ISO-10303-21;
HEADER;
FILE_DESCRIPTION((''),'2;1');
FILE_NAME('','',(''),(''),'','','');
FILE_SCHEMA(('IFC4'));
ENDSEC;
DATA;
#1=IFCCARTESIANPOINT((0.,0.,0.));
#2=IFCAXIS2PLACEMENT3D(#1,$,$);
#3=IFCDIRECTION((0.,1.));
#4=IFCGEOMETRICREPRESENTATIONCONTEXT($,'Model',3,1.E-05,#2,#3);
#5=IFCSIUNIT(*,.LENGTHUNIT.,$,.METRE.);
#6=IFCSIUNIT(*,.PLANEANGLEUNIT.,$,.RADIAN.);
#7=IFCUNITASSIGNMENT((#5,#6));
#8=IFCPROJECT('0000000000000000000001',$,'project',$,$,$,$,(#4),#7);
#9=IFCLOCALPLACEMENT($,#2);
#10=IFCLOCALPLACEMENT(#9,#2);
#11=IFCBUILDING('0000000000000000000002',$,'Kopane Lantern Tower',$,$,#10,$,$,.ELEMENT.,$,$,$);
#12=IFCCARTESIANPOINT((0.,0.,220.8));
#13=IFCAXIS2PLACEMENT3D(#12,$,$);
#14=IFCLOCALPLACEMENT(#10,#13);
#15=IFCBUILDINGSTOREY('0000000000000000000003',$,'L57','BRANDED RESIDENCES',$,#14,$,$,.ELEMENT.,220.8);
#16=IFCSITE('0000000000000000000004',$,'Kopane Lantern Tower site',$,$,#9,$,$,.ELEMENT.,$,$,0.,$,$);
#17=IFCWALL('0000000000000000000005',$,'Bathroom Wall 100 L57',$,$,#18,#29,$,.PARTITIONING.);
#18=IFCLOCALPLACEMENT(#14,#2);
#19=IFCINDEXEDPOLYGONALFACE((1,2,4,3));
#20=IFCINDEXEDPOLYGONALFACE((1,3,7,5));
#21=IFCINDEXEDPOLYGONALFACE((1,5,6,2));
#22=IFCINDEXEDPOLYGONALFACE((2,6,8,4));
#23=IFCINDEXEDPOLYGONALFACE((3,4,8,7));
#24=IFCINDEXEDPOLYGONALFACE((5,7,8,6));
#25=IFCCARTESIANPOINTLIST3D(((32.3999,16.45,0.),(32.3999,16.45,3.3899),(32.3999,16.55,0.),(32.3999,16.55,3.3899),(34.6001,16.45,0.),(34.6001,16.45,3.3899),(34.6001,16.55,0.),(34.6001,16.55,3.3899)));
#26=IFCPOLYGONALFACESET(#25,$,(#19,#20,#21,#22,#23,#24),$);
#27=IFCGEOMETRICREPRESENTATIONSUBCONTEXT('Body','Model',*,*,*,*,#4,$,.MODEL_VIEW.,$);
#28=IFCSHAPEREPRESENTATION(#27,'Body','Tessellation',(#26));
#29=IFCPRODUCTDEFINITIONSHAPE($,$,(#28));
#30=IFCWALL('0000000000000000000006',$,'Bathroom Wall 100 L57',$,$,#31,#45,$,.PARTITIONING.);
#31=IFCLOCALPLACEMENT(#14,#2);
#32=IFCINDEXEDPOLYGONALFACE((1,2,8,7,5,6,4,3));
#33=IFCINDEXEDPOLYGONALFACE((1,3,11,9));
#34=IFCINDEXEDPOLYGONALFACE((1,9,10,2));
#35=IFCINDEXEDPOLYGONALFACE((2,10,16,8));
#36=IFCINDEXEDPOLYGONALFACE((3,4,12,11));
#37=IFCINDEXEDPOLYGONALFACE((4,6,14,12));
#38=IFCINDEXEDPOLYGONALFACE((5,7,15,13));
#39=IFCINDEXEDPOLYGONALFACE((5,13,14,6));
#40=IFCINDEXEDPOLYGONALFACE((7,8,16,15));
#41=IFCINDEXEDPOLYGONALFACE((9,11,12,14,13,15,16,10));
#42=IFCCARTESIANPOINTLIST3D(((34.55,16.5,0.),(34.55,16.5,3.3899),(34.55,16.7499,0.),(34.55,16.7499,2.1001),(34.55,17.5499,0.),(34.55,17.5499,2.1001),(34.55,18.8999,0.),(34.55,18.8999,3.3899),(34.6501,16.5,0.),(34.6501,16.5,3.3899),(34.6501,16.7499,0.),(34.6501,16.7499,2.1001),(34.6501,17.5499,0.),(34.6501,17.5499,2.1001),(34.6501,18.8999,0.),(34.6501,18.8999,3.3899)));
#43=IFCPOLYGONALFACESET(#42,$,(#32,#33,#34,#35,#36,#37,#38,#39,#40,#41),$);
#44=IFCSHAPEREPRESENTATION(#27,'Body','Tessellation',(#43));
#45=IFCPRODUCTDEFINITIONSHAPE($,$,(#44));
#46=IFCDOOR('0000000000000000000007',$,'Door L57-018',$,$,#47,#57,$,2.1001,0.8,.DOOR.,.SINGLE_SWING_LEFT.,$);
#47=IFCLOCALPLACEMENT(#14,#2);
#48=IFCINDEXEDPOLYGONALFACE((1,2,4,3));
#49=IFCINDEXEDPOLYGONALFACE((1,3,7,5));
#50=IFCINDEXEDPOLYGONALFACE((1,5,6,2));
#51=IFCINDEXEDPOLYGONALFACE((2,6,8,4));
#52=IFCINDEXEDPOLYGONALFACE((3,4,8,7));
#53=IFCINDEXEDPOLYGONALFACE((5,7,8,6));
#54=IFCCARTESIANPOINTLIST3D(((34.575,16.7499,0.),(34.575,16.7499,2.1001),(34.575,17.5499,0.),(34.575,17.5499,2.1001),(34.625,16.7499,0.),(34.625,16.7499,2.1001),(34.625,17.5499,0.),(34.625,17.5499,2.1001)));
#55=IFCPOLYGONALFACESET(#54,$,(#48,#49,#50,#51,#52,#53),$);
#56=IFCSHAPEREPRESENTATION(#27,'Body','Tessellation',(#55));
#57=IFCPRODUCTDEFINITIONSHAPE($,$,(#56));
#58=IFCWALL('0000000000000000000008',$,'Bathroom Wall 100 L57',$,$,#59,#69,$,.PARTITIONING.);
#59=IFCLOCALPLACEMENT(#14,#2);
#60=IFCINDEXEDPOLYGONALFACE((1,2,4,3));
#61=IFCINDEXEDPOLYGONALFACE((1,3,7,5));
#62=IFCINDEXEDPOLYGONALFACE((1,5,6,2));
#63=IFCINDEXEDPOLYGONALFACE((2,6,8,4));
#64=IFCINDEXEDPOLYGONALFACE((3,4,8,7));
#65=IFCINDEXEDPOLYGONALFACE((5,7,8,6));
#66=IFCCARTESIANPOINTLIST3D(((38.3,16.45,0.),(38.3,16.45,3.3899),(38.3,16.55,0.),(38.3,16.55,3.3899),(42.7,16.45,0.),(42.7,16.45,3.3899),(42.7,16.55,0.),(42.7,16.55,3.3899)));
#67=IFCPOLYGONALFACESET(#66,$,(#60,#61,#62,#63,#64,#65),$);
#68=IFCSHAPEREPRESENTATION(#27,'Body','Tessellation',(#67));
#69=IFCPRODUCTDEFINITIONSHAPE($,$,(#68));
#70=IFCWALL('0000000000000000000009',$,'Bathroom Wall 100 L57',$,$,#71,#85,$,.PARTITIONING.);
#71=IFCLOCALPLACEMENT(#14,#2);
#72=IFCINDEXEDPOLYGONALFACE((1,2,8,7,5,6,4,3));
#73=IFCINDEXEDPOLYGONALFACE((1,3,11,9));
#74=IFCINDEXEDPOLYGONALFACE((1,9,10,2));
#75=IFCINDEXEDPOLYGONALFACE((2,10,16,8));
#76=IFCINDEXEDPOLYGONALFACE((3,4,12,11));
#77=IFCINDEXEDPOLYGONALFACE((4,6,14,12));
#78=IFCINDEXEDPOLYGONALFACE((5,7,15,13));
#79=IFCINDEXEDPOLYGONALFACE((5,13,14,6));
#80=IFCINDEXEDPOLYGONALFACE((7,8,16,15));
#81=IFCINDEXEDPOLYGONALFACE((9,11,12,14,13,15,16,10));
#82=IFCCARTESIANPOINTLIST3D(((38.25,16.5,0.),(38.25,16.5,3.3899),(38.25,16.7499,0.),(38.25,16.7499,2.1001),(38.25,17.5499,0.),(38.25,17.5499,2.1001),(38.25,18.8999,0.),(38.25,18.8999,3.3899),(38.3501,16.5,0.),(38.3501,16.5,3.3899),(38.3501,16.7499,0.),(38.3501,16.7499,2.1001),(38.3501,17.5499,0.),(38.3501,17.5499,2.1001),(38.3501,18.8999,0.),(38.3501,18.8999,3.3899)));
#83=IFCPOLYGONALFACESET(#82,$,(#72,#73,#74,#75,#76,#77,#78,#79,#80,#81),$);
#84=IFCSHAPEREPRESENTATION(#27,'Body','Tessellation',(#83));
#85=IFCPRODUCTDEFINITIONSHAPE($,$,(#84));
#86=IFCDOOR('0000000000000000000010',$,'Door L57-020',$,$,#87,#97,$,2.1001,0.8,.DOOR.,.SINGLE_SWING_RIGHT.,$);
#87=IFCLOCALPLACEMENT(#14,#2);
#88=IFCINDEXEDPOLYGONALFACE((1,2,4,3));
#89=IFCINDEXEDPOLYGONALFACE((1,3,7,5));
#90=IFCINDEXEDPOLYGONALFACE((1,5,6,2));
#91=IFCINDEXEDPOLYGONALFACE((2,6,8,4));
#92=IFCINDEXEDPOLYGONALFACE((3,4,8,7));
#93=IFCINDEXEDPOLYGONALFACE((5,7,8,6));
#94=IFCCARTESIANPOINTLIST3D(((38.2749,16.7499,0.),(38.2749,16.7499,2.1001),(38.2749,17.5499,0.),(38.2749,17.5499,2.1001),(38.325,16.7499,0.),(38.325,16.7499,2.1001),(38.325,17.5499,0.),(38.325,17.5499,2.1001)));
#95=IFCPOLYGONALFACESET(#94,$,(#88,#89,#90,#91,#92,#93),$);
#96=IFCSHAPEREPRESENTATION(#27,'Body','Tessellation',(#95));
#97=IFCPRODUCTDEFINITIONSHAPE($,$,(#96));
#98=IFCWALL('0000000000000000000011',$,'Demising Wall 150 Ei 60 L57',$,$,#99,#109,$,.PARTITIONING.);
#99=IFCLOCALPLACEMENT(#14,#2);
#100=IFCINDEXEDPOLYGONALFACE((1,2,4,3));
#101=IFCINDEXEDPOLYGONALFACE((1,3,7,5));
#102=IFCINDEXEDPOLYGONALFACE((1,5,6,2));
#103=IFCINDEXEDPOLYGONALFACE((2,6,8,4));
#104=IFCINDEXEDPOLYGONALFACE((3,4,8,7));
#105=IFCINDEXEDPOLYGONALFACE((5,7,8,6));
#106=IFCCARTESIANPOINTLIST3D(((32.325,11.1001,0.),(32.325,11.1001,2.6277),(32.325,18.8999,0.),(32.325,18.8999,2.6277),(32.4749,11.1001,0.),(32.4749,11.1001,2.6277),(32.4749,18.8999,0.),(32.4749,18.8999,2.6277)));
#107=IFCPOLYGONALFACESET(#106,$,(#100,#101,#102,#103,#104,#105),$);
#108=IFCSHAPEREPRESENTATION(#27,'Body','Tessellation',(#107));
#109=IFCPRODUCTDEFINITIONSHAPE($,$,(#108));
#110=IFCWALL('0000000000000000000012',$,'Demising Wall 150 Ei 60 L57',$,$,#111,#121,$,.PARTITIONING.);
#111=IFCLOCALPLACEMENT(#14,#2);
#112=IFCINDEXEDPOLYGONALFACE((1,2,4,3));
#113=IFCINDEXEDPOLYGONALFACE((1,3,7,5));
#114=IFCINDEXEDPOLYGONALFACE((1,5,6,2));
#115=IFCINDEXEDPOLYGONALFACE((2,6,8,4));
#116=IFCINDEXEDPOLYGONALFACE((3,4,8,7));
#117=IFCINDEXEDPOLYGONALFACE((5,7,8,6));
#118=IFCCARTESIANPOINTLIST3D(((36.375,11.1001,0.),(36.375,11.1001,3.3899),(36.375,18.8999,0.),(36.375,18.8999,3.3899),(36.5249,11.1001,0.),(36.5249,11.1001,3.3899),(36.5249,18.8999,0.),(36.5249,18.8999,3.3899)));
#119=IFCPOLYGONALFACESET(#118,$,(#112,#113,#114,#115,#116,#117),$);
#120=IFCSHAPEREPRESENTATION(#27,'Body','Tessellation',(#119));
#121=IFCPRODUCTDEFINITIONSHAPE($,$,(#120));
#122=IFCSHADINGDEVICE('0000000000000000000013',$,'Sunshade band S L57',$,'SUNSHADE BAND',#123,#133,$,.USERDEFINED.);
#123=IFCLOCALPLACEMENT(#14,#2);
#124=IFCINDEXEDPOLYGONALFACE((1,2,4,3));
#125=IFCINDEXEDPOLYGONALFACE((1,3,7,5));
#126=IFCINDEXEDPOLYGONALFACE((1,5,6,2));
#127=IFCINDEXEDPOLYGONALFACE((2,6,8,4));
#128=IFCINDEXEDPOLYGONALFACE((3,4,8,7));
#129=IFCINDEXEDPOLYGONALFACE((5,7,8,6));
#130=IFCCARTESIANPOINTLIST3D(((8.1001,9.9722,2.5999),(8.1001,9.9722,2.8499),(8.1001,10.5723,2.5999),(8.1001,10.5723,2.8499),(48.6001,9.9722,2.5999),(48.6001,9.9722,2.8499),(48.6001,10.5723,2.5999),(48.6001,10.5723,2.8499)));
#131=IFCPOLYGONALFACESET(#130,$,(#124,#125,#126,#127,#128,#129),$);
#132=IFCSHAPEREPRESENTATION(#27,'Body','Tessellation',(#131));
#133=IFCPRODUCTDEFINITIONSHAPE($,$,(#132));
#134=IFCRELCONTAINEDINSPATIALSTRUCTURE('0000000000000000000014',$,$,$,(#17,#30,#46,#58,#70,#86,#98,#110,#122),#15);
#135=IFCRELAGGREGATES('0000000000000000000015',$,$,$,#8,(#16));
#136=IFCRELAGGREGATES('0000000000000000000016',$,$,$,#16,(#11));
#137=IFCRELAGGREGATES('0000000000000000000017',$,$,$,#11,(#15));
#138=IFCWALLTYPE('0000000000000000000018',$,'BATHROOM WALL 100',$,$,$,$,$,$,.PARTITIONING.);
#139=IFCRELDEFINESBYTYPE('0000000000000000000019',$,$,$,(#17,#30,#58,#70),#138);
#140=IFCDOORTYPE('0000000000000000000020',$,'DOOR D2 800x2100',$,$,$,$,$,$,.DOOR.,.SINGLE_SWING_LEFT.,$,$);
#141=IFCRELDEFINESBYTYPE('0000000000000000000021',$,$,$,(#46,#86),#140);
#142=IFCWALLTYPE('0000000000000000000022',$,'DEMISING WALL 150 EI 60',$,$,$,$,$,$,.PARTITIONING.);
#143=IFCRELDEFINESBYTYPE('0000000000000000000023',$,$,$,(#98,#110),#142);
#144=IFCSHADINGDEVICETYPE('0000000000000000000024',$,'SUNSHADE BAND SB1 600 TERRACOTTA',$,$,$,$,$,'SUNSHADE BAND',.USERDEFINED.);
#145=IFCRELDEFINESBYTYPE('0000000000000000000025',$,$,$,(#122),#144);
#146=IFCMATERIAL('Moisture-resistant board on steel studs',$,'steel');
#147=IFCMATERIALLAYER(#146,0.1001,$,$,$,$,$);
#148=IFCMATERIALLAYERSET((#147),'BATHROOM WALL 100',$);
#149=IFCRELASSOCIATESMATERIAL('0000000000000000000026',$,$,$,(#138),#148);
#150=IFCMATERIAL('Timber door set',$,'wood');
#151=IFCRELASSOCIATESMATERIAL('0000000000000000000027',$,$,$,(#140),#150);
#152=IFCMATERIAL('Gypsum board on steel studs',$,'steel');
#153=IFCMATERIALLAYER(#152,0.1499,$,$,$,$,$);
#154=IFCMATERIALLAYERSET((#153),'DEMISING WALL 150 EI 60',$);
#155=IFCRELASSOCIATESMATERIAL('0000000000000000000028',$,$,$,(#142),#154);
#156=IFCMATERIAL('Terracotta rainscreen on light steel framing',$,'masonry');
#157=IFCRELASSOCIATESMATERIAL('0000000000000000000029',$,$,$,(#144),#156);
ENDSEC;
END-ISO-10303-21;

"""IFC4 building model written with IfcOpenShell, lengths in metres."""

from ifc_helpers import new_model, si_unit, direction, frame, frame_2d, origin, origin_2d, place, context, subcontext, project, spatial, rectangle, extrude, material, layer, layer_set, type_object, element, fill, save


model = new_model("IFC4")

# Units and contexts
model_context = context("Model", 3, precision=1e-05, world=origin(), true_north=direction((0.0, 1.0)))
body_context = subcontext(model_context, "Body", "Model", "MODEL_VIEW")
ifc_project = project(units=[si_unit("LENGTHUNIT", "METRE"), si_unit("PLANEANGLEUNIT", "RADIAN")], contexts=[model_context])

# Site, building, storey
site_placement = place(None, origin())
site = spatial("IfcSite", under=ifc_project, at=site_placement, Name="Kopane Lantern Tower site", CompositionType="ELEMENT", RefElevation=0.0)
building_placement = place(site_placement, origin())
building = spatial("IfcBuilding", under=site, at=building_placement, Name="Kopane Lantern Tower", CompositionType="ELEMENT")
storey_placement = place(building_placement, frame((0.0, 0.0, 220.8)))
storey = spatial("IfcBuildingStorey", under=building, at=storey_placement, Name="L57", Description="BRANDED RESIDENCES", CompositionType="ELEMENT", Elevation=220.8)

# Shared definitions
ifc_material_1 = material(Name="Moisture-resistant board on steel studs", Category="steel")
ifc_layer_1 = layer(ifc_material_1, 0.1001)
ifc_layer_set_1 = layer_set([ifc_layer_1], Name="BATHROOM WALL 100")
wall_type_1 = type_object("IfcWallType", Name="BATHROOM WALL 100", PredefinedType="PARTITIONING", material=ifc_layer_set_1)
ifc_material_2 = material(Name="Timber door set", Category="wood")
door_type_1 = type_object("IfcDoorType", Name="DOOR D2 800x2100", OperationType="SINGLE_SWING_LEFT", PredefinedType="DOOR", material=ifc_material_2)

# Wall
wall_1_placement = place(storey_placement, frame((32.3999, 16.5, 0.0), z_axis=(0.0, 0.0, 1.0), x_axis=(1.0, 0.0, 0.0)))
element("IfcWall", 1, at=wall_1_placement, inside=storey, type_object=wall_type_1, Name="Bathroom Wall 100 L57", PredefinedType="PARTITIONING", context=body_context, shape_type="SweptSolid", body=[
    extrude(rectangle(XDim=2.2002, YDim=0.1001, at=frame_2d((1.1001, 0.0))), origin(), (0.0, 0.0, 1.0), 3.3899),
])

# Wall, opening, door
wall_2_placement = place(storey_placement, frame((34.6001, 18.8999, 0.0), z_axis=(0.0, 0.0, 1.0), x_axis=(0.0, -1.0, 0.0)))
wall_2 = element("IfcWall", 2, at=wall_2_placement, inside=storey, type_object=wall_type_1, Name="Bathroom Wall 100 L57", PredefinedType="PARTITIONING", context=body_context, shape_type="SweptSolid", body=[
    extrude(rectangle(XDim=2.3999, YDim=0.1001, at=frame_2d((1.2, 0.0))), origin(), (0.0, 0.0, 1.0), 3.3899),
])
opening_1_placement = place(wall_2_placement, frame((1.3501, 0.0, 0.0)))
opening_1 = element("IfcOpeningElement", 3, at=opening_1_placement, cuts=wall_2, PredefinedType="OPENING", context=body_context, shape_type="SweptSolid", body=[
    extrude(rectangle(XDim=0.8, YDim=2.1001, at=frame_2d((0.3999, 1.05))), frame((0.0, 0.0601, 0.0), z_axis=(0.0, -1.0, 0.0), x_axis=(1.0, 0.0, 0.0)), (0.0, 0.0, 1.0), 0.1201),
])
door_1_placement = place(opening_1_placement, origin())
door_1 = element("IfcDoor", 4, at=door_1_placement, inside=storey, type_object=door_type_1, Name="Door L57-018", OperationType="SINGLE_SWING_LEFT", OverallHeight=2.1001, OverallWidth=0.8, PredefinedType="DOOR", context=body_context, shape_type="SweptSolid", body=[
    extrude(rectangle(XDim=0.8, YDim=2.1001, at=frame_2d((0.3999, 1.05))), frame((0.0, 0.0249, 0.0), z_axis=(0.0, -1.0, 0.0), x_axis=(1.0, 0.0, 0.0)), (0.0, 0.0, 1.0), 0.05),
])
fill(opening_1, door_1)

# Wall
wall_3_placement = place(storey_placement, frame((38.3, 16.5, 0.0), z_axis=(0.0, 0.0, 1.0), x_axis=(1.0, 0.0, 0.0)))
element("IfcWall", 5, at=wall_3_placement, inside=storey, type_object=wall_type_1, Name="Bathroom Wall 100 L57", PredefinedType="PARTITIONING", context=body_context, shape_type="SweptSolid", body=[
    extrude(rectangle(XDim=4.3999, YDim=0.1001, at=frame_2d((2.2, 0.0))), origin(), (0.0, 0.0, 1.0), 3.3899),
])

# Wall, opening, door
wall_4_placement = place(storey_placement, frame((38.3, 18.8999, 0.0), z_axis=(0.0, 0.0, 1.0), x_axis=(0.0, -1.0, 0.0)))
wall_4 = element("IfcWall", 6, at=wall_4_placement, inside=storey, type_object=wall_type_1, Name="Bathroom Wall 100 L57", PredefinedType="PARTITIONING", context=body_context, shape_type="SweptSolid", body=[
    extrude(rectangle(XDim=2.3999, YDim=0.1001, at=frame_2d((1.2, 0.0))), origin(), (0.0, 0.0, 1.0), 3.3899),
])
opening_2_placement = place(wall_4_placement, frame((1.3501, 0.0, 0.0)))
opening_2 = element("IfcOpeningElement", 7, at=opening_2_placement, cuts=wall_4, PredefinedType="OPENING", context=body_context, shape_type="SweptSolid", body=[
    extrude(rectangle(XDim=0.8, YDim=2.1001, at=frame_2d((0.3999, 1.05))), frame((0.0, 0.0601, 0.0), z_axis=(0.0, -1.0, 0.0), x_axis=(1.0, 0.0, 0.0)), (0.0, 0.0, 1.0), 0.1201),
])
door_2_placement = place(opening_2_placement, origin())
door_2 = element("IfcDoor", 8, at=door_2_placement, inside=storey, type_object=door_type_1, Name="Door L57-020", OperationType="SINGLE_SWING_RIGHT", OverallHeight=2.1001, OverallWidth=0.8, PredefinedType="DOOR", context=body_context, shape_type="SweptSolid", body=[
    extrude(rectangle(XDim=0.8, YDim=2.1001, at=frame_2d((0.3999, 1.05))), frame((0.0, 0.0249, 0.0), z_axis=(0.0, -1.0, 0.0), x_axis=(1.0, 0.0, 0.0)), (0.0, 0.0, 1.0), 0.05),
])
fill(opening_2, door_2)

# Walls
ifc_material_3 = material(Name="Gypsum board on steel studs", Category="steel")
ifc_layer_2 = layer(ifc_material_3, 0.1499)
ifc_layer_set_2 = layer_set([ifc_layer_2], Name="DEMISING WALL 150 EI 60")
wall_type_2 = type_object("IfcWallType", Name="DEMISING WALL 150 EI 60", PredefinedType="PARTITIONING", material=ifc_layer_set_2)
wall_5_placement = place(storey_placement, frame((32.3999, 18.8999, 0.0), z_axis=(0.0, 0.0, 1.0), x_axis=(0.0, -1.0, 0.0)))
element("IfcWall", 9, at=wall_5_placement, inside=storey, type_object=wall_type_2, Name="Demising Wall 150 Ei 60 L57", PredefinedType="PARTITIONING", context=body_context, shape_type="SweptSolid", body=[
    extrude(rectangle(XDim=7.7998, YDim=0.1499, at=frame_2d((3.8999, 0.0))), origin(), (0.0, 0.0, 1.0), 2.6277),
])
wall_6_placement = place(storey_placement, frame((36.45, 18.8999, 0.0), z_axis=(0.0, 0.0, 1.0), x_axis=(0.0, -1.0, 0.0)))
element("IfcWall", 10, at=wall_6_placement, inside=storey, type_object=wall_type_2, Name="Demising Wall 150 Ei 60 L57", PredefinedType="PARTITIONING", context=body_context, shape_type="SweptSolid", body=[
    extrude(rectangle(XDim=7.7998, YDim=0.1499, at=frame_2d((3.8999, 0.0))), origin(), (0.0, 0.0, 1.0), 3.3899),
])

# Shading device
ifc_material_4 = material(Name="Terracotta rainscreen on light steel framing", Category="masonry")
shading_device_type = type_object("IfcShadingDeviceType", Name="SUNSHADE BAND SB1 600 TERRACOTTA", ElementType="SUNSHADE BAND", PredefinedType="USERDEFINED", material=ifc_material_4)
shading_device_placement = place(storey_placement, frame((28.3501, 10.2722, 2.5999), z_axis=(0.0, 0.0, 1.0), x_axis=(1.0, 0.0, 0.0)))
element("IfcShadingDevice", 11, at=shading_device_placement, inside=storey, type_object=shading_device_type, Name="Sunshade band S L57", ObjectType="SUNSHADE BAND", PredefinedType="USERDEFINED", context=body_context, shape_type="SweptSolid", body=[
    extrude(rectangle(XDim=40.5, YDim=0.6001, at=origin_2d()), origin(), (0.0, 0.0, 1.0), 0.25),
])

save(model, "model.ifc")
